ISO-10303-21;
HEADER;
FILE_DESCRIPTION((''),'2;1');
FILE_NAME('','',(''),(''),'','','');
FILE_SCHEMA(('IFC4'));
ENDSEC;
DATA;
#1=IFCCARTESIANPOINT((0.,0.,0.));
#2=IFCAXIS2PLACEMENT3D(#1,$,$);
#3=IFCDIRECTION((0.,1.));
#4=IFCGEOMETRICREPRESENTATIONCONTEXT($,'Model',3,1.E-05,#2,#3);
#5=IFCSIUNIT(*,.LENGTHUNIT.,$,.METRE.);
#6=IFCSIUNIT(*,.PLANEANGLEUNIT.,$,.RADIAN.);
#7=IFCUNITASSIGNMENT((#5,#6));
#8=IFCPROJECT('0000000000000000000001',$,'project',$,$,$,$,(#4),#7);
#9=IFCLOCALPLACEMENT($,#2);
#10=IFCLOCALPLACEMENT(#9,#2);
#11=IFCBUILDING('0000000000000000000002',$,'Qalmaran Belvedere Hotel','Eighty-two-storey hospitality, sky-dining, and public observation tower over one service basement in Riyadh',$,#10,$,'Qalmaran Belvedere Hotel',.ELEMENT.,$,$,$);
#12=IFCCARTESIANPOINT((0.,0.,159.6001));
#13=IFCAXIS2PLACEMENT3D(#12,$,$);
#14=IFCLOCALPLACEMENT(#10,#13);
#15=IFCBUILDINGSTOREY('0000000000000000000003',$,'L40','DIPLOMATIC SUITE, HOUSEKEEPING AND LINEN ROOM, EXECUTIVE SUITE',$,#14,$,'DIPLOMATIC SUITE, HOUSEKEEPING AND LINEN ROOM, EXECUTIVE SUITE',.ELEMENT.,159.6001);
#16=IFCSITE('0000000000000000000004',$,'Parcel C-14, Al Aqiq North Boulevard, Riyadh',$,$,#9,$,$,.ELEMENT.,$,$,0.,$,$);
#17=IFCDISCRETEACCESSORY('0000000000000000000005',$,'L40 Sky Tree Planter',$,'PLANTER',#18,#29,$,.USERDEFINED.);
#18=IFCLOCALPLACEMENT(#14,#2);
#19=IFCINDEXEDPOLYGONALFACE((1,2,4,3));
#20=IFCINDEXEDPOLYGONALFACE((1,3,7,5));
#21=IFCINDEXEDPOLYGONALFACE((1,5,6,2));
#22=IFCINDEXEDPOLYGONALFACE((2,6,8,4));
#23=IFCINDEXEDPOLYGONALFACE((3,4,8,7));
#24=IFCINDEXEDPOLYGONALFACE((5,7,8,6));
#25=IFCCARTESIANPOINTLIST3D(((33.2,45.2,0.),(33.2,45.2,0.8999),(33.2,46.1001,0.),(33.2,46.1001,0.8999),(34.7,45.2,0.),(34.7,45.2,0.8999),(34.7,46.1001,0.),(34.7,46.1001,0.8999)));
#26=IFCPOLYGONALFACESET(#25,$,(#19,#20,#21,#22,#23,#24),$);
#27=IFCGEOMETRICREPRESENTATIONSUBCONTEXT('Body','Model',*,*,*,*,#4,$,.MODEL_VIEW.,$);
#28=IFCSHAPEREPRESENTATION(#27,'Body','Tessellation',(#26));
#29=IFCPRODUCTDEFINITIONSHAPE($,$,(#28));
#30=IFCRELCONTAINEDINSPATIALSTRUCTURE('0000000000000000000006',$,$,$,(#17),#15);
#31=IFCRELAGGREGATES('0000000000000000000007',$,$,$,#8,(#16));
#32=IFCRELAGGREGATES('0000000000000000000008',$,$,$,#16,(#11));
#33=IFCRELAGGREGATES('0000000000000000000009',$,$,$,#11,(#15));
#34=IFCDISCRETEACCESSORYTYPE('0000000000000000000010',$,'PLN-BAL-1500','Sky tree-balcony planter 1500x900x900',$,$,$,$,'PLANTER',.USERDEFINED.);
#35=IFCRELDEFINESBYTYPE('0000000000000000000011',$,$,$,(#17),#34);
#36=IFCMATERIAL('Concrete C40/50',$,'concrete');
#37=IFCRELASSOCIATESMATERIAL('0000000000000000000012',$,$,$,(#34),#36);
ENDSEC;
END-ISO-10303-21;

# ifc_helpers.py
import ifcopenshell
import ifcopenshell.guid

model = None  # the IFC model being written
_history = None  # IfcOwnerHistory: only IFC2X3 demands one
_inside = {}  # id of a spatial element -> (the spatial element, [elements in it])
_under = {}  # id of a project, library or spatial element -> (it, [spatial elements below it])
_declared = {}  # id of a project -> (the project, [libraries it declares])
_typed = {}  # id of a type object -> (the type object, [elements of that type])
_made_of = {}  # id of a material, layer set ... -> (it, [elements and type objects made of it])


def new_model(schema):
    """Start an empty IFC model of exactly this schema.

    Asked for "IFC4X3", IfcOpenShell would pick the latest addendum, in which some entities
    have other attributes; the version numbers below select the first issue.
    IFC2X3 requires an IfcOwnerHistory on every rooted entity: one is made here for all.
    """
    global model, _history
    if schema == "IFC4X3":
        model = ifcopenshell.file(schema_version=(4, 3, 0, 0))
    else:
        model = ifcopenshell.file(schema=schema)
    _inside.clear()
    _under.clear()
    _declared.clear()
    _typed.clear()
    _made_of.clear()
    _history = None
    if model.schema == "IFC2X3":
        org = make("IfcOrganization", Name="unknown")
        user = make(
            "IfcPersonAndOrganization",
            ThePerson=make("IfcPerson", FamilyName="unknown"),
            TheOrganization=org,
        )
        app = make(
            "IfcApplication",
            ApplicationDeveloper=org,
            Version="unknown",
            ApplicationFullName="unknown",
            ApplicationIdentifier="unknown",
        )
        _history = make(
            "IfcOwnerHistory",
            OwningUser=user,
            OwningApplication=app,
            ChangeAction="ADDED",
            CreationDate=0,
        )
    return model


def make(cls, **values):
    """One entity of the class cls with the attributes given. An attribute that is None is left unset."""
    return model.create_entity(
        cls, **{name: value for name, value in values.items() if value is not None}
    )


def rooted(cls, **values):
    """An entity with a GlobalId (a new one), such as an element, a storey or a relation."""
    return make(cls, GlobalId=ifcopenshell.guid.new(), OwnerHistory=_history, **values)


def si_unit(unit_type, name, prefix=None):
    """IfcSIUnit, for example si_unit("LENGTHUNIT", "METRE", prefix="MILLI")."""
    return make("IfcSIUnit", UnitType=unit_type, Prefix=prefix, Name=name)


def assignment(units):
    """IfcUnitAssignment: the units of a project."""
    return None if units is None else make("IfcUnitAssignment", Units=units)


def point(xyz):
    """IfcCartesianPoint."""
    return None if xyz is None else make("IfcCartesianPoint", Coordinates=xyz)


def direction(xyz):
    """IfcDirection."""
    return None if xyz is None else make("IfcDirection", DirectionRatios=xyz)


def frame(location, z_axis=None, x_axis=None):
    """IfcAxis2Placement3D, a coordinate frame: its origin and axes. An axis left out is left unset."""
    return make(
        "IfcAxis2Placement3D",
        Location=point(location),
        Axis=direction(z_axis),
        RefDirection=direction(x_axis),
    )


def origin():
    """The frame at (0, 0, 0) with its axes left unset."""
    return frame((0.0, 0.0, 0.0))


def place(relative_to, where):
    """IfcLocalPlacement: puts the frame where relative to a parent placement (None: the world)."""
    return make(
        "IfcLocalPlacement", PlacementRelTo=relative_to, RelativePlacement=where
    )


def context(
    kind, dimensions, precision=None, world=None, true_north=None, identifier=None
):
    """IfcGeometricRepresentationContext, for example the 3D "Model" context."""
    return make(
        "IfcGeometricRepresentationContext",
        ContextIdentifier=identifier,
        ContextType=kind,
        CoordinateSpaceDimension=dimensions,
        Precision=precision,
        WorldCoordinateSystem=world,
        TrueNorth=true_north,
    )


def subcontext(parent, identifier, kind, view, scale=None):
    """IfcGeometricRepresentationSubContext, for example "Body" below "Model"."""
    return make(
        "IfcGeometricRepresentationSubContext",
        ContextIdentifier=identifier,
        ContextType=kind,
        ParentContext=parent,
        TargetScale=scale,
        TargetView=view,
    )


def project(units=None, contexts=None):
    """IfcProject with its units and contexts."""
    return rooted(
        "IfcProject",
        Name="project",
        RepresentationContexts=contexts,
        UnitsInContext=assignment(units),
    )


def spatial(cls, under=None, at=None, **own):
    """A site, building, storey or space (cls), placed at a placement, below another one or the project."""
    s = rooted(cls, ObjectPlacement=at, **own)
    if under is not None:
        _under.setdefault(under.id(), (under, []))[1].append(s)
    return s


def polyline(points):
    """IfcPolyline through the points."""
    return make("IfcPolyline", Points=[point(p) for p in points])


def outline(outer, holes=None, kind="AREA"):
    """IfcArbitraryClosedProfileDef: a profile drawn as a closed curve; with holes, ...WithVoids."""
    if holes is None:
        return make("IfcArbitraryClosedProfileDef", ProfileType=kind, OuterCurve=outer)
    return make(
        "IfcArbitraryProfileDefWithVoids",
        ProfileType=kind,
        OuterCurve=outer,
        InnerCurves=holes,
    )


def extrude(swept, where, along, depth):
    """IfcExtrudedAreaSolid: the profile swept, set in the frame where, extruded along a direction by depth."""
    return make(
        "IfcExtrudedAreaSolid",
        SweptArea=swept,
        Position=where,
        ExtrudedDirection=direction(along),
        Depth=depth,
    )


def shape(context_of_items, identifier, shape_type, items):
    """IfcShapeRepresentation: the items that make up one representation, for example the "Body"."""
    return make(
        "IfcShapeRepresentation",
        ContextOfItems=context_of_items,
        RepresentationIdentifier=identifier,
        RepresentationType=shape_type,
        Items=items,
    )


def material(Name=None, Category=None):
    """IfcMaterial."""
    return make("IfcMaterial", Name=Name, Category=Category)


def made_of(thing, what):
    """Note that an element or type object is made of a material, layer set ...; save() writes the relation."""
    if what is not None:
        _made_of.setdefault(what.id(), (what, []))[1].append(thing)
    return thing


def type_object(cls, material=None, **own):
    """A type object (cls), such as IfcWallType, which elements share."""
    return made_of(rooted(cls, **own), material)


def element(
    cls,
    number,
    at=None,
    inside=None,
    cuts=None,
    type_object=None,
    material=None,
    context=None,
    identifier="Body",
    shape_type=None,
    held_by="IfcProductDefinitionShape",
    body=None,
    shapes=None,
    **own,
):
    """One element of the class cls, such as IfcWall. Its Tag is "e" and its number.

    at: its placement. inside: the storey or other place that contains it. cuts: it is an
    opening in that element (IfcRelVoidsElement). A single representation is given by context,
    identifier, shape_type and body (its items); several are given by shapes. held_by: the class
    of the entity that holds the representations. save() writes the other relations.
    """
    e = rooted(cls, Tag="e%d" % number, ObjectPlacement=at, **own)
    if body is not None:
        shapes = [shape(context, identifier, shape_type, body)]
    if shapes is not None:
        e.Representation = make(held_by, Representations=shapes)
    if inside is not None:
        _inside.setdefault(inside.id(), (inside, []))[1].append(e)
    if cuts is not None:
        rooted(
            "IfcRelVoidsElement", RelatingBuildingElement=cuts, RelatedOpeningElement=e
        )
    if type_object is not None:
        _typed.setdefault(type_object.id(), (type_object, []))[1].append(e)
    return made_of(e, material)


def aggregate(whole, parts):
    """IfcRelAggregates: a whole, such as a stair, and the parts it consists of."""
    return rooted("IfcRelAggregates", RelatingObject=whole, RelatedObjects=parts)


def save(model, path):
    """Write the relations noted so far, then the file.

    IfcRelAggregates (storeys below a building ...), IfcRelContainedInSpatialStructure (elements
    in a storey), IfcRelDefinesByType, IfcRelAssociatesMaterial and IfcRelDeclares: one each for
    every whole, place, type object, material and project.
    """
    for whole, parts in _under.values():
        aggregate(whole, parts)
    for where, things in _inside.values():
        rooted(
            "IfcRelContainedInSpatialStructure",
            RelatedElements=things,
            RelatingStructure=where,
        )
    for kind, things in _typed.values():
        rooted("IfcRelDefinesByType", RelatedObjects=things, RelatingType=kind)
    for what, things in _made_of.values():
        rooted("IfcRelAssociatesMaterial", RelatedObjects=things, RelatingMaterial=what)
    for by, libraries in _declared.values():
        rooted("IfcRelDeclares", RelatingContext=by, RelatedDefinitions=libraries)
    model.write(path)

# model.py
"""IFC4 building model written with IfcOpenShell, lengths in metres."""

from ifc_helpers import new_model, si_unit, direction, frame, origin, place, context, subcontext, project, spatial, polyline, outline, extrude, material, type_object, element, save


model = new_model("IFC4")

# Units and contexts
model_context = context("Model", 3, precision=1e-05, world=origin(), true_north=direction((0.0, 1.0)))
body_context = subcontext(model_context, "Body", "Model", "MODEL_VIEW")
ifc_project = project(units=[si_unit("LENGTHUNIT", "METRE"), si_unit("PLANEANGLEUNIT", "RADIAN")], contexts=[model_context])

# Site, building, storey
site_placement = place(None, origin())
site = spatial("IfcSite", under=ifc_project, at=site_placement, Name="Parcel C-14, Al Aqiq North Boulevard, Riyadh", CompositionType="ELEMENT", RefElevation=0.0)
building_placement = place(site_placement, origin())
building = spatial("IfcBuilding", under=site, at=building_placement, Name="Qalmaran Belvedere Hotel", Description="Eighty-two-storey hospitality, sky-dining, and public observation tower over one service basement in Riyadh", LongName="Qalmaran Belvedere Hotel", CompositionType="ELEMENT")
storey_placement = place(building_placement, frame((0.0, 0.0, 159.6001)))
storey = spatial("IfcBuildingStorey", under=building, at=storey_placement, Name="L40", Description="DIPLOMATIC SUITE, HOUSEKEEPING AND LINEN ROOM, EXECUTIVE SUITE", LongName="DIPLOMATIC SUITE, HOUSEKEEPING AND LINEN ROOM, EXECUTIVE SUITE", CompositionType="ELEMENT", Elevation=159.6001)

# Shared definitions
ifc_material_1 = material(Name="Concrete C40/50", Category="concrete")

# Discrete accessory
discrete_accessory_type_1 = type_object("IfcDiscreteAccessoryType", Name="PLN-BAL-1500", Description="Sky tree-balcony planter 1500x900x900", ElementType="PLANTER", PredefinedType="USERDEFINED", material=ifc_material_1)
discrete_accessory_1_placement = place(storey_placement, origin())
element("IfcDiscreteAccessory", 1, at=discrete_accessory_1_placement, inside=storey, type_object=discrete_accessory_type_1, Name="L40 Sky Tree Planter", ObjectType="PLANTER", PredefinedType="USERDEFINED", context=body_context, shape_type="SweptSolid", body=[
    extrude(outline(polyline([(33.2, 45.2), (34.7, 45.2), (34.7, 46.1001), (33.2, 46.1001), (33.2, 45.2)])), origin(), (0.0, 0.0, 1.0), 0.8999),
])

save(model, "model.ifc")
